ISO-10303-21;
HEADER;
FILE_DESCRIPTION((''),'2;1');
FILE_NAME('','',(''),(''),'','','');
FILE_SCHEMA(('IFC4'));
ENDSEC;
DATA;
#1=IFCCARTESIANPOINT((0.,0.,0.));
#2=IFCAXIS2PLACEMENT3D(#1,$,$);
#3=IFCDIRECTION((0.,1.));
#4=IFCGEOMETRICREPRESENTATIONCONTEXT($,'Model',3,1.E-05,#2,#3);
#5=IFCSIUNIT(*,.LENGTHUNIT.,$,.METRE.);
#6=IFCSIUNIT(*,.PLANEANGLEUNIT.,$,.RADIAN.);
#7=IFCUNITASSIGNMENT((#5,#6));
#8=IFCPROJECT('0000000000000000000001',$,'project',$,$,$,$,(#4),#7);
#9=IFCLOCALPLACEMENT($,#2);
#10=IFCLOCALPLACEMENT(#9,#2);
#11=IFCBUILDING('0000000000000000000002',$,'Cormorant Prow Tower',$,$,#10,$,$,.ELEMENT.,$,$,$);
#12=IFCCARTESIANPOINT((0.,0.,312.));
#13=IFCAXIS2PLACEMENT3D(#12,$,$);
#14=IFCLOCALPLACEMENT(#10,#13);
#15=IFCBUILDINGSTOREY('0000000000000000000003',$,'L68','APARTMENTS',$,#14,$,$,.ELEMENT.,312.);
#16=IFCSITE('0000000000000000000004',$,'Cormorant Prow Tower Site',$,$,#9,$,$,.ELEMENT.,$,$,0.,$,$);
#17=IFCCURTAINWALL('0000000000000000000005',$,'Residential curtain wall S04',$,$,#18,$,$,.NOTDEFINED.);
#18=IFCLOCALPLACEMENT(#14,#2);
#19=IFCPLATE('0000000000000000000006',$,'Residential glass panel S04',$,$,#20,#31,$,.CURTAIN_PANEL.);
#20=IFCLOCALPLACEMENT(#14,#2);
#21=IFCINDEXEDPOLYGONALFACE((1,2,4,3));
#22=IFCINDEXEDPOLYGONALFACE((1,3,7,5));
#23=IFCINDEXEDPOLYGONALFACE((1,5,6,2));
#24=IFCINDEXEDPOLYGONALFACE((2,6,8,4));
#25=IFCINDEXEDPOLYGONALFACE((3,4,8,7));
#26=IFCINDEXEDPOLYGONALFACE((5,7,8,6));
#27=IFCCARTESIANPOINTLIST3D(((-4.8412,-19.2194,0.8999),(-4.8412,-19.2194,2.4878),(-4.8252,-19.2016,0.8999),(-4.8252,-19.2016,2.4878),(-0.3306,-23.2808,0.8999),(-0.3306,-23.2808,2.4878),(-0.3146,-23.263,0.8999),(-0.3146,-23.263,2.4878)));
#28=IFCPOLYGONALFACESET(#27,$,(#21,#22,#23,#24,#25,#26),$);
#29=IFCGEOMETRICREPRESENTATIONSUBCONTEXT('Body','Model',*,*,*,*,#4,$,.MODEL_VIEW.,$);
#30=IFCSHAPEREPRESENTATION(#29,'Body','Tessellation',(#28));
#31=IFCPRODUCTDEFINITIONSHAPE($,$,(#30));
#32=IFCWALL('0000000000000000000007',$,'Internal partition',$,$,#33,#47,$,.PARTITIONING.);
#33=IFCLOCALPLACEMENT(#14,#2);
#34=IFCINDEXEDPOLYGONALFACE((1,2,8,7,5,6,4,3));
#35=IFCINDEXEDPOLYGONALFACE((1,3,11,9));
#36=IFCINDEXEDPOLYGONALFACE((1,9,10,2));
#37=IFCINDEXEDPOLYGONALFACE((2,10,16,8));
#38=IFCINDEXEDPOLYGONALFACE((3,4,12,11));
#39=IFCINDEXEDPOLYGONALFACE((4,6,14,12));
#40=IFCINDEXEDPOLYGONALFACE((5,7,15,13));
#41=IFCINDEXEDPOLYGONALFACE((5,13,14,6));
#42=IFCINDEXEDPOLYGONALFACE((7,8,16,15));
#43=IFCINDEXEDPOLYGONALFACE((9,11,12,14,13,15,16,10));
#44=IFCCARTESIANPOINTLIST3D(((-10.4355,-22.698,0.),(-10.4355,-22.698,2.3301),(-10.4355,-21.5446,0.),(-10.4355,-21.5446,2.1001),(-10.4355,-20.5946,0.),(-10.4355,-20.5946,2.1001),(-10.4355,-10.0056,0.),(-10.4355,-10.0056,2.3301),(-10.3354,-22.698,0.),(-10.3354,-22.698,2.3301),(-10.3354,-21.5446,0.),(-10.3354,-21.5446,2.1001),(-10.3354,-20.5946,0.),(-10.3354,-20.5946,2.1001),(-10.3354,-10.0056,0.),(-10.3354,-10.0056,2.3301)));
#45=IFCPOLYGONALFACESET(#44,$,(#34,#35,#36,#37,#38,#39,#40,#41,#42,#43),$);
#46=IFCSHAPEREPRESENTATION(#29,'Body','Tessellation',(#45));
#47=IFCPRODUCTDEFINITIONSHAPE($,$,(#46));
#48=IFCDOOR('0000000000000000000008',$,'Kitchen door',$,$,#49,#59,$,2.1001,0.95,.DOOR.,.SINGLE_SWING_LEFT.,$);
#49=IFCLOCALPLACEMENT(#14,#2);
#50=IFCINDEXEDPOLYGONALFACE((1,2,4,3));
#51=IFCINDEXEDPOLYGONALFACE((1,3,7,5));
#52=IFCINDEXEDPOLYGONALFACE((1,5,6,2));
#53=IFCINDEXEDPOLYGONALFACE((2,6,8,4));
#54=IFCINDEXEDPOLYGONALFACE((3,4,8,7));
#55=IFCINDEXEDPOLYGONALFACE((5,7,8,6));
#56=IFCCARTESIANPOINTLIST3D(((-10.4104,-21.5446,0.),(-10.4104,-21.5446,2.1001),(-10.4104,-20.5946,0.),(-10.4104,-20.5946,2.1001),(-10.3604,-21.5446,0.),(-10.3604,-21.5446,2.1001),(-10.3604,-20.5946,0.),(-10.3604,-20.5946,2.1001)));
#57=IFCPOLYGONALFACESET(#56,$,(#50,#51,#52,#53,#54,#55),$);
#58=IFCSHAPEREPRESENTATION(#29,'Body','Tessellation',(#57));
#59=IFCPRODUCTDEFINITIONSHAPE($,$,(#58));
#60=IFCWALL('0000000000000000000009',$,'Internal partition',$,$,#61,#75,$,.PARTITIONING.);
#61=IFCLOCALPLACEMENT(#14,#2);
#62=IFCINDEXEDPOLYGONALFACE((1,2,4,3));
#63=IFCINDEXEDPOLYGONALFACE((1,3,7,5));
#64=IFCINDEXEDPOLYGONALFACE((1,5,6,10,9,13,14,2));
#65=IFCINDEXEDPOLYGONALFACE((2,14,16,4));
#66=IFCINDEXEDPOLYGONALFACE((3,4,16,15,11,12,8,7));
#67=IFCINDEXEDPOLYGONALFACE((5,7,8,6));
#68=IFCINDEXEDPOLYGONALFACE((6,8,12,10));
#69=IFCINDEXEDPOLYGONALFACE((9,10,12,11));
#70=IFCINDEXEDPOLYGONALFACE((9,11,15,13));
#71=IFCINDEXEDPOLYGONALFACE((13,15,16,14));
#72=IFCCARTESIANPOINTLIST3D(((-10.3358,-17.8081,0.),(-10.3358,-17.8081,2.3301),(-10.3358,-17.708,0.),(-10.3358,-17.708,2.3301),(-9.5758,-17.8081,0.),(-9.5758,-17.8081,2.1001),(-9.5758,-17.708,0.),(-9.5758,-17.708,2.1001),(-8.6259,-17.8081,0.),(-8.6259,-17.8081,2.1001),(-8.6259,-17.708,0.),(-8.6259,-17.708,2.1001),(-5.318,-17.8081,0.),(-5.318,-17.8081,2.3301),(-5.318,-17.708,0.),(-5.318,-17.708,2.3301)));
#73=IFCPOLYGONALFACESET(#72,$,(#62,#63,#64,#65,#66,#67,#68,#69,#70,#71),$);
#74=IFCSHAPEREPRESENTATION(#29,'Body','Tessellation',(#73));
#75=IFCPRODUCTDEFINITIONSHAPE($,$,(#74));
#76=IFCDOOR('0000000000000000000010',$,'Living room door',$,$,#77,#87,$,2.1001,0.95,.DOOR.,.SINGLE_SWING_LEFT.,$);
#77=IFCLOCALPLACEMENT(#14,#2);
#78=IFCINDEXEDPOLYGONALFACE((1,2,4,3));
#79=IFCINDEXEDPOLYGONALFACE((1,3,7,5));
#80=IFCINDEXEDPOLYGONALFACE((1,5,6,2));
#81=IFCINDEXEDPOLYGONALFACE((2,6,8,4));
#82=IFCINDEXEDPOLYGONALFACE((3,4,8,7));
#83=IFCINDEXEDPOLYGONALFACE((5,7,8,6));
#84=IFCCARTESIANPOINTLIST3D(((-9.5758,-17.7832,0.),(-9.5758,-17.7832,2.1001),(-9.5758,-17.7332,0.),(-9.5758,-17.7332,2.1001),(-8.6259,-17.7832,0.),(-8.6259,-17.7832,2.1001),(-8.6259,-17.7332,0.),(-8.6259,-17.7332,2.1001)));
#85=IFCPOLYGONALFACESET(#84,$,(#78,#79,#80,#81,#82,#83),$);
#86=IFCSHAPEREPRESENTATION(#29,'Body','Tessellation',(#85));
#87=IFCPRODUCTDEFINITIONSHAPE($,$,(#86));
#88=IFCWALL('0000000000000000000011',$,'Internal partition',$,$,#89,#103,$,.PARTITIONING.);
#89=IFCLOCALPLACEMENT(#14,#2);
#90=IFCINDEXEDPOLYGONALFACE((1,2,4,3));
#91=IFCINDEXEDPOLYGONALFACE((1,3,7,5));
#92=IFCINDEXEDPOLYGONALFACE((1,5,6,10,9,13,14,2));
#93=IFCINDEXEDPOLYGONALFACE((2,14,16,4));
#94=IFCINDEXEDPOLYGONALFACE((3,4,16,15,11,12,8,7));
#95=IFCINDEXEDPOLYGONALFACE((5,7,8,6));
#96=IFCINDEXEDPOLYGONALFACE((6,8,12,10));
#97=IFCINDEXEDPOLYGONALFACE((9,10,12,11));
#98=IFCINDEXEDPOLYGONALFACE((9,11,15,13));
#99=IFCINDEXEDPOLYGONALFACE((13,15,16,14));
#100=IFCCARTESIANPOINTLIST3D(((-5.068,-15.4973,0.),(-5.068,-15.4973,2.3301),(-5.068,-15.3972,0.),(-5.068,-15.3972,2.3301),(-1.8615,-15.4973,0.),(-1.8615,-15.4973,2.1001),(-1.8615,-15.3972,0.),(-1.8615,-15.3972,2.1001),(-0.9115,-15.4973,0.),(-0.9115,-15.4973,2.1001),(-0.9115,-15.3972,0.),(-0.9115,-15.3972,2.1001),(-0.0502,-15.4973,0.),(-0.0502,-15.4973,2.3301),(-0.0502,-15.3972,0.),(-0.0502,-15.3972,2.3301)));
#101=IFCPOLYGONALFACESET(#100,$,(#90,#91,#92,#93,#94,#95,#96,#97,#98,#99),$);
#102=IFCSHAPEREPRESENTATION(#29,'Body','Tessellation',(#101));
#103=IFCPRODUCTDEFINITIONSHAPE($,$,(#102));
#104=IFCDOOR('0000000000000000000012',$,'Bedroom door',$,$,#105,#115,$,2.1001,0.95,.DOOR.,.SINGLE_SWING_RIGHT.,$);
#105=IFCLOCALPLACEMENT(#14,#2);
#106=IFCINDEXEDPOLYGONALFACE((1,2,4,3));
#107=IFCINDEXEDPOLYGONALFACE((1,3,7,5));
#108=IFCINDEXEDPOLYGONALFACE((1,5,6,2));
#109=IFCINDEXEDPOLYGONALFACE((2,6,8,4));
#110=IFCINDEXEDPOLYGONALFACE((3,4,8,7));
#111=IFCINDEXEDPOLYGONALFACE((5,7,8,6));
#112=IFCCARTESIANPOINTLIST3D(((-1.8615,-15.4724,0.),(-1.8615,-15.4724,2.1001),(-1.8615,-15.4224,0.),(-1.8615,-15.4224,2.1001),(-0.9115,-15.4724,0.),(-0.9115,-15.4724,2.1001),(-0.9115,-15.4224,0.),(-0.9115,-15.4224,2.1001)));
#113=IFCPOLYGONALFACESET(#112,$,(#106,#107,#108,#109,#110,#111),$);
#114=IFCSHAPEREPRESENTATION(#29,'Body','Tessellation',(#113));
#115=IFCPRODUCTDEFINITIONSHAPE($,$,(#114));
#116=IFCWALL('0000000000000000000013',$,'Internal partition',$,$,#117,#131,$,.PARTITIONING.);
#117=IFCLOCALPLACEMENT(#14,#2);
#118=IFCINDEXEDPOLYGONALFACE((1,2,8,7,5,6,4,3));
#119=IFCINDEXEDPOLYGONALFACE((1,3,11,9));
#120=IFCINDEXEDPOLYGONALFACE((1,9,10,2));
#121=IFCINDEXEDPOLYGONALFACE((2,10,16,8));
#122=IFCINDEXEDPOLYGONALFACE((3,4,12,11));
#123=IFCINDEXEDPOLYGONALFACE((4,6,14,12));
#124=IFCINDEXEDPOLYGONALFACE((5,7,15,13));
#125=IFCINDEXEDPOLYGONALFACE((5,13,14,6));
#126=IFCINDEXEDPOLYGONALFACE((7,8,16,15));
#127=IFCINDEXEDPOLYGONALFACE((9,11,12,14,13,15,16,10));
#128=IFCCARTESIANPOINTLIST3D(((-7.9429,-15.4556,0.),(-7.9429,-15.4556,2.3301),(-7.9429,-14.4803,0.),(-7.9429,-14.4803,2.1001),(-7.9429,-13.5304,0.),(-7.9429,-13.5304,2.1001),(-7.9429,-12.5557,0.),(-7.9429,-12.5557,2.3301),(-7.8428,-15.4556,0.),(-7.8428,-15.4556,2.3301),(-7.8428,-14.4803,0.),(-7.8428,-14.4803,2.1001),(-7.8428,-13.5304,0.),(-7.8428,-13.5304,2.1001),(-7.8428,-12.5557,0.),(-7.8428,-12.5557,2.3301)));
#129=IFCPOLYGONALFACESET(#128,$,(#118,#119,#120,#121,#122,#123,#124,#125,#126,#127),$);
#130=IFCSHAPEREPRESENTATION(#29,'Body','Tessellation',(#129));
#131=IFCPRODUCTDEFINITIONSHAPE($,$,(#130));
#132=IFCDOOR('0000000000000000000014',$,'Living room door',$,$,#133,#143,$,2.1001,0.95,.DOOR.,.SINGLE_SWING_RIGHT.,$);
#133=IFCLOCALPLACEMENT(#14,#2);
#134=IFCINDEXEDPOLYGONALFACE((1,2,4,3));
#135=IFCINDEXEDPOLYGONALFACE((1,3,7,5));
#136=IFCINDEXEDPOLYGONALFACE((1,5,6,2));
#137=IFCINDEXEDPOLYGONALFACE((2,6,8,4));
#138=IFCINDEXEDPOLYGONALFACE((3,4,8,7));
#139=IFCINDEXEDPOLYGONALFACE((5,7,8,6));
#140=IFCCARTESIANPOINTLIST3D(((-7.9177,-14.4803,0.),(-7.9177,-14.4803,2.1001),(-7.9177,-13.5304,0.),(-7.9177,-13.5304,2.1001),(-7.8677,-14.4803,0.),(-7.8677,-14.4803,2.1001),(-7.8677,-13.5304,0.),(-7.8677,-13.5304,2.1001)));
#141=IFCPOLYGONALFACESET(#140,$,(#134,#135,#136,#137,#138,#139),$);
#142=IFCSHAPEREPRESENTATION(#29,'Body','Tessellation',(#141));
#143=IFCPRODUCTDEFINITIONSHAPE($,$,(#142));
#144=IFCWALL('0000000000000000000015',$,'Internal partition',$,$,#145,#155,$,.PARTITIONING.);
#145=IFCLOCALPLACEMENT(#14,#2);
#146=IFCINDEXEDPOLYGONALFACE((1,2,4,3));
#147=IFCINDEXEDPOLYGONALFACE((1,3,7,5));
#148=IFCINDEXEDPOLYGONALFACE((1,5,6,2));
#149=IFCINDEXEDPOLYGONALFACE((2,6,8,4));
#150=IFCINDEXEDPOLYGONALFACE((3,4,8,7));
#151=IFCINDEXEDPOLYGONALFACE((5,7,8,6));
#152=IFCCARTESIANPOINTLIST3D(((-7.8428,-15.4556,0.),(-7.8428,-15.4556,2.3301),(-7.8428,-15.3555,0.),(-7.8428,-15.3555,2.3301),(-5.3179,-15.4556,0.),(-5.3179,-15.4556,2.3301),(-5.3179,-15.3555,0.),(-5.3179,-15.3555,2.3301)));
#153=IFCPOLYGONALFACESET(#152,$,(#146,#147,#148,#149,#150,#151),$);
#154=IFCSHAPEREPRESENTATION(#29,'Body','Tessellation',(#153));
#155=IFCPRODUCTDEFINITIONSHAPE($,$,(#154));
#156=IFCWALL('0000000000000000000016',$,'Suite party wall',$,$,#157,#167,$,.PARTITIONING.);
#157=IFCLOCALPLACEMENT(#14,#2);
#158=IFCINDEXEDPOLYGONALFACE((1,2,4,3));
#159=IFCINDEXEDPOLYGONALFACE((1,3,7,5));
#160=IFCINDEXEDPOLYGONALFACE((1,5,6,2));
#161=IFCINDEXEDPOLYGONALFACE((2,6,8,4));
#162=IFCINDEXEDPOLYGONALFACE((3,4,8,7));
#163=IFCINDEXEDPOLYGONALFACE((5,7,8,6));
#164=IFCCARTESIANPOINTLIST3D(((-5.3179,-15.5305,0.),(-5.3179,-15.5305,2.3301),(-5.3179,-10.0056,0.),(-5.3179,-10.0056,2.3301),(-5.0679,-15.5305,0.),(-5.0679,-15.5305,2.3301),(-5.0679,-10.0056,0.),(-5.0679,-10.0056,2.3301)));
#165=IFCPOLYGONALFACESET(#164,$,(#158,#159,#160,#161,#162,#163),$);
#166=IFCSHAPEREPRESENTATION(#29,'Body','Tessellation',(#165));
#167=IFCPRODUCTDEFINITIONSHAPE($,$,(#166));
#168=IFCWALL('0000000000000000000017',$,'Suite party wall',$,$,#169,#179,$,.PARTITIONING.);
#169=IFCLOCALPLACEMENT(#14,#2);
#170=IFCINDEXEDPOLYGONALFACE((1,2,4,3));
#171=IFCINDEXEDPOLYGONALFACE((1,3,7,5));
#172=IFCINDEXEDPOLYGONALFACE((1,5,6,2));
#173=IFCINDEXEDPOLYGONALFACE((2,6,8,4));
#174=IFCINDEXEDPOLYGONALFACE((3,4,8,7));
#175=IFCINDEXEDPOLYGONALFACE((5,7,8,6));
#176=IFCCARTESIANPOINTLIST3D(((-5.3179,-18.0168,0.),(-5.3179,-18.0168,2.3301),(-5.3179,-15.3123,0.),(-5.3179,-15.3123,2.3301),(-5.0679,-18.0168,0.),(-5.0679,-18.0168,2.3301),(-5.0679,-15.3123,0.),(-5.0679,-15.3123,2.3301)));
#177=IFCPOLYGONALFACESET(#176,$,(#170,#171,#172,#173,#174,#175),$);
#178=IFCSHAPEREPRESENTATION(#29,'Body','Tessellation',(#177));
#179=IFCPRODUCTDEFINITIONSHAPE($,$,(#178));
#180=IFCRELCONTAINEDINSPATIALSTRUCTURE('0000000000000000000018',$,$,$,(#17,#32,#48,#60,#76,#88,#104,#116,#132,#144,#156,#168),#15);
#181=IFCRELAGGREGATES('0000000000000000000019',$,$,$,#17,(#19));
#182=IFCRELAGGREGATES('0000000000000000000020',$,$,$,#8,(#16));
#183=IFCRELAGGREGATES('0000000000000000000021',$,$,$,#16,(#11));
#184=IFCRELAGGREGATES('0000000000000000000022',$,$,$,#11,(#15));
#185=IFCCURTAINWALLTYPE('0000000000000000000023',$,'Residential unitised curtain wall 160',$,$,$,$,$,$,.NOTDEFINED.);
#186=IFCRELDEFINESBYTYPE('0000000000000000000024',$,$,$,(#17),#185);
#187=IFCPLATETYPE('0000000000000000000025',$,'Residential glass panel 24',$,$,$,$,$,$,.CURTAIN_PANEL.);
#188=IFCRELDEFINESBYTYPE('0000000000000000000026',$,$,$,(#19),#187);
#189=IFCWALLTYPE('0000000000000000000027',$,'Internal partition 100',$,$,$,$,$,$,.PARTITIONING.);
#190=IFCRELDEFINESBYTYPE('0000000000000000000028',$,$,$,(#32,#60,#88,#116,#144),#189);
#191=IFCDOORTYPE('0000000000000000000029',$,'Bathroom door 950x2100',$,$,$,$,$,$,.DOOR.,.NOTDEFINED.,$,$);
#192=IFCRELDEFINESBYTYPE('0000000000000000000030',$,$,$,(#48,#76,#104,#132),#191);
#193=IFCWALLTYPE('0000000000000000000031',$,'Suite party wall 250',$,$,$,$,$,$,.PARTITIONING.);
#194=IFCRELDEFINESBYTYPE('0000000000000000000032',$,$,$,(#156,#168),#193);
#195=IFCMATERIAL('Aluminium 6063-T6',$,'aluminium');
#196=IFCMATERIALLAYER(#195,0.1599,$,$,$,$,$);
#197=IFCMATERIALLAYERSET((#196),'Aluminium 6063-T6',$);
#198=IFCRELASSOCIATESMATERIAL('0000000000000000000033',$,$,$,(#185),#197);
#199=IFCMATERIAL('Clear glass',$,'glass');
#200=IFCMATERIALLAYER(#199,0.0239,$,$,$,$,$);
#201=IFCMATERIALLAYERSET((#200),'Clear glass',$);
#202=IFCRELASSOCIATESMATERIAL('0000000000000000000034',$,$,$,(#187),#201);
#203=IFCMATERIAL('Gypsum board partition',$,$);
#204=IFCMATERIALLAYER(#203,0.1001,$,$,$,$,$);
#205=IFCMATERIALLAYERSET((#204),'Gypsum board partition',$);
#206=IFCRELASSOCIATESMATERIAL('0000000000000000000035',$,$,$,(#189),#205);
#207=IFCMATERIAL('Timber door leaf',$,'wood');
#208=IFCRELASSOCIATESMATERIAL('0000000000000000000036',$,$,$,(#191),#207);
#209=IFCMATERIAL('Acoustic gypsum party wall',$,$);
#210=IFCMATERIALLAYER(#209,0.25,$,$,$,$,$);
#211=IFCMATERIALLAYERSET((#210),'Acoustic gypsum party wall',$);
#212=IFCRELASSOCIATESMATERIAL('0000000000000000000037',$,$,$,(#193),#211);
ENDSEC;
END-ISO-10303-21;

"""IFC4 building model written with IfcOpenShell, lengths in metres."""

from ifc_helpers import new_model, si_unit, direction, frame, frame_2d, origin, origin_2d, place, context, subcontext, project, spatial, rectangle, extrude, material, layer, layer_set, type_object, element, fill, aggregate, save


model = new_model("IFC4")

# Units and contexts
model_context = context("Model", 3, precision=1e-05, world=origin(), true_north=direction((0.0, 1.0)))
body_context = subcontext(model_context, "Body", "Model", "MODEL_VIEW")
ifc_project = project(units=[si_unit("LENGTHUNIT", "METRE"), si_unit("PLANEANGLEUNIT", "RADIAN")], contexts=[model_context])

# Site, building, storey
site_placement = place(None, origin())
site = spatial("IfcSite", under=ifc_project, at=site_placement, Name="Cormorant Prow Tower Site", CompositionType="ELEMENT", RefElevation=0.0)
building_placement = place(site_placement, origin())
building = spatial("IfcBuilding", under=site, at=building_placement, Name="Cormorant Prow Tower", CompositionType="ELEMENT")
storey_placement = place(building_placement, frame((0.0, 0.0, 312.0)))
storey = spatial("IfcBuildingStorey", under=building, at=storey_placement, Name="L68", Description="APARTMENTS", CompositionType="ELEMENT", Elevation=312.0)

# Curtain wall
ifc_material_1 = material(Name="Aluminium 6063-T6", Category="aluminium")
ifc_layer_1 = layer(ifc_material_1, 0.1599)
ifc_layer_set_1 = layer_set([ifc_layer_1], Name="Aluminium 6063-T6")
curtain_wall_type = type_object("IfcCurtainWallType", Name="Residential unitised curtain wall 160", PredefinedType="NOTDEFINED", material=ifc_layer_set_1)
curtain_wall_1_placement = place(storey_placement, origin())
curtain_wall_1 = element("IfcCurtainWall", 1, at=curtain_wall_1_placement, inside=storey, type_object=curtain_wall_type, Name="Residential curtain wall S04", PredefinedType="NOTDEFINED")

# Plate
ifc_material_2 = material(Name="Clear glass", Category="glass")
ifc_layer_2 = layer(ifc_material_2, 0.0239)
ifc_layer_set_2 = layer_set([ifc_layer_2], Name="Clear glass")
plate_type = type_object("IfcPlateType", Name="Residential glass panel 24", PredefinedType="CURTAIN_PANEL", material=ifc_layer_set_2)
plate_1_placement = place(storey_placement, frame((-2.5779, -21.2412, 0.8999), z_axis=(0.0, 0.0, 1.0), x_axis=(0.743145, -0.669131, 0.0)))
plate_1 = element("IfcPlate", 2, at=plate_1_placement, type_object=plate_type, Name="Residential glass panel S04", PredefinedType="CURTAIN_PANEL", context=body_context, shape_type="SweptSolid", body=[
    extrude(rectangle(XDim=6.0696, YDim=0.0239, at=origin_2d()), origin(), (0.0, 0.0, 1.0), 1.5879),
])
aggregate(curtain_wall_1, [plate_1])

# Walls, openings, doors
ifc_material_3 = material(Name="Gypsum board partition")
ifc_layer_3 = layer(ifc_material_3, 0.1001)
ifc_layer_set_3 = layer_set([ifc_layer_3], Name="Gypsum board partition")
wall_type_1 = type_object("IfcWallType", Name="Internal partition 100", PredefinedType="PARTITIONING", material=ifc_layer_set_3)
wall_1_placement = place(storey_placement, frame((-10.3855, -22.698, 0.0), z_axis=(0.0, 0.0, 1.0), x_axis=(0.0, 1.0, 0.0)))
wall_1 = element("IfcWall", 3, at=wall_1_placement, inside=storey, type_object=wall_type_1, Name="Internal partition", PredefinedType="PARTITIONING", context=body_context, shape_type="SweptSolid", body=[
    extrude(rectangle(XDim=12.6924, YDim=0.1001, at=frame_2d((6.3462, 0.0))), origin(), (0.0, 0.0, 1.0), 2.3301),
])
opening_1_placement = place(wall_1_placement, frame((1.1533, 0.0, 0.0)))
opening_1 = element("IfcOpeningElement", 4, at=opening_1_placement, cuts=wall_1, PredefinedType="OPENING", context=body_context, shape_type="SweptSolid", body=[
    extrude(rectangle(XDim=0.95, YDim=2.1001, at=frame_2d((0.4751, 1.05))), frame((0.0, 0.0601, 0.0), z_axis=(0.0, -1.0, 0.0), x_axis=(1.0, 0.0, 0.0)), (0.0, 0.0, 1.0), 0.1201),
])
ifc_material_4 = material(Name="Timber door leaf", Category="wood")
door_type_1 = type_object("IfcDoorType", Name="Bathroom door 950x2100", OperationType="NOTDEFINED", PredefinedType="DOOR", material=ifc_material_4)
door_1_placement = place(opening_1_placement, origin())
door_1 = element("IfcDoor", 5, at=door_1_placement, inside=storey, type_object=door_type_1, Name="Kitchen door", OperationType="SINGLE_SWING_LEFT", OverallHeight=2.1001, OverallWidth=0.95, PredefinedType="DOOR", context=body_context, shape_type="SweptSolid", body=[
    extrude(rectangle(XDim=0.95, YDim=2.1001, at=frame_2d((0.4751, 1.05))), frame((0.0, 0.0249, 0.0), z_axis=(0.0, -1.0, 0.0), x_axis=(1.0, 0.0, 0.0)), (0.0, 0.0, 1.0), 0.05),
])
fill(opening_1, door_1)
wall_2_placement = place(storey_placement, frame((-10.3357, -17.7581, 0.0), z_axis=(0.0, 0.0, 1.0), x_axis=(1.0, 0.0, 0.0)))
wall_2 = element("IfcWall", 6, at=wall_2_placement, inside=storey, type_object=wall_type_1, Name="Internal partition", PredefinedType="PARTITIONING", context=body_context, shape_type="SweptSolid", body=[
    extrude(rectangle(XDim=5.0178, YDim=0.1001, at=frame_2d((2.5088, 0.0))), origin(), (0.0, 0.0, 1.0), 2.3301),
])
opening_2_placement = place(wall_2_placement, frame((0.7598, 0.0, 0.0)))
opening_2 = element("IfcOpeningElement", 7, at=opening_2_placement, cuts=wall_2, PredefinedType="OPENING", context=body_context, shape_type="SweptSolid", body=[
    extrude(rectangle(XDim=0.95, YDim=2.1001, at=frame_2d((0.4751, 1.05))), frame((0.0, 0.0601, 0.0), z_axis=(0.0, -1.0, 0.0), x_axis=(1.0, 0.0, 0.0)), (0.0, 0.0, 1.0), 0.1201),
])
door_2_placement = place(opening_2_placement, origin())
door_2 = element("IfcDoor", 8, at=door_2_placement, inside=storey, type_object=door_type_1, Name="Living room door", OperationType="SINGLE_SWING_LEFT", OverallHeight=2.1001, OverallWidth=0.95, PredefinedType="DOOR", context=body_context, shape_type="SweptSolid", body=[
    extrude(rectangle(XDim=0.95, YDim=2.1001, at=frame_2d((0.4751, 1.05))), frame((0.0, 0.0249, 0.0), z_axis=(0.0, -1.0, 0.0), x_axis=(1.0, 0.0, 0.0)), (0.0, 0.0, 1.0), 0.05),
])
fill(opening_2, door_2)
wall_3_placement = place(storey_placement, frame((-5.0679, -15.4473, 0.0), z_axis=(0.0, 0.0, 1.0), x_axis=(1.0, 0.0, 0.0)))
wall_3 = element("IfcWall", 9, at=wall_3_placement, inside=storey, type_object=wall_type_1, Name="Internal partition", PredefinedType="PARTITIONING", context=body_context, shape_type="SweptSolid", body=[
    extrude(rectangle(XDim=5.0178, YDim=0.1001, at=frame_2d((2.5088, 0.0))), origin(), (0.0, 0.0, 1.0), 2.3301),
])
opening_3_placement = place(wall_3_placement, frame((3.2063, 0.0, 0.0)))
opening_3 = element("IfcOpeningElement", 10, at=opening_3_placement, cuts=wall_3, PredefinedType="OPENING", context=body_context, shape_type="SweptSolid", body=[
    extrude(rectangle(XDim=0.95, YDim=2.1001, at=frame_2d((0.4751, 1.05))), frame((0.0, 0.0601, 0.0), z_axis=(0.0, -1.0, 0.0), x_axis=(1.0, 0.0, 0.0)), (0.0, 0.0, 1.0), 0.1201),
])
door_3_placement = place(opening_3_placement, origin())
door_3 = element("IfcDoor", 11, at=door_3_placement, inside=storey, type_object=door_type_1, Name="Bedroom door", OperationType="SINGLE_SWING_RIGHT", OverallHeight=2.1001, OverallWidth=0.95, PredefinedType="DOOR", context=body_context, shape_type="SweptSolid", body=[
    extrude(rectangle(XDim=0.95, YDim=2.1001, at=frame_2d((0.4751, 1.05))), frame((0.0, 0.0249, 0.0), z_axis=(0.0, -1.0, 0.0), x_axis=(1.0, 0.0, 0.0)), (0.0, 0.0, 1.0), 0.05),
])
fill(opening_3, door_3)
wall_4_placement = place(storey_placement, frame((-7.8928, -15.4556, 0.0), z_axis=(0.0, 0.0, 1.0), x_axis=(0.0, 1.0, 0.0)))
wall_4 = element("IfcWall", 12, at=wall_4_placement, inside=storey, type_object=wall_type_1, Name="Internal partition", PredefinedType="PARTITIONING", context=body_context, shape_type="SweptSolid", body=[
    extrude(rectangle(XDim=2.8999, YDim=0.1001, at=frame_2d((1.45, 0.0))), origin(), (0.0, 0.0, 1.0), 2.3301),
])
opening_4_placement = place(wall_4_placement, frame((0.9751, 0.0, 0.0)))
opening_4 = element("IfcOpeningElement", 13, at=opening_4_placement, cuts=wall_4, PredefinedType="OPENING", context=body_context, shape_type="SweptSolid", body=[
    extrude(rectangle(XDim=0.95, YDim=2.1001, at=frame_2d((0.4751, 1.05))), frame((0.0, 0.0601, 0.0), z_axis=(0.0, -1.0, 0.0), x_axis=(1.0, 0.0, 0.0)), (0.0, 0.0, 1.0), 0.1201),
])
door_4_placement = place(opening_4_placement, origin())
door_4 = element("IfcDoor", 14, at=door_4_placement, inside=storey, type_object=door_type_1, Name="Living room door", OperationType="SINGLE_SWING_RIGHT", OverallHeight=2.1001, OverallWidth=0.95, PredefinedType="DOOR", context=body_context, shape_type="SweptSolid", body=[
    extrude(rectangle(XDim=0.95, YDim=2.1001, at=frame_2d((0.4751, 1.05))), frame((0.0, 0.0249, 0.0), z_axis=(0.0, -1.0, 0.0), x_axis=(1.0, 0.0, 0.0)), (0.0, 0.0, 1.0), 0.05),
])
fill(opening_4, door_4)

# Walls
wall_5_placement = place(storey_placement, frame((-7.8428, -15.4055, 0.0), z_axis=(0.0, 0.0, 1.0), x_axis=(1.0, 0.0, 0.0)))
element("IfcWall", 15, at=wall_5_placement, inside=storey, type_object=wall_type_1, Name="Internal partition", PredefinedType="PARTITIONING", context=body_context, shape_type="SweptSolid", body=[
    extrude(rectangle(XDim=2.5249, YDim=0.1001, at=frame_2d((1.2625, 0.0))), origin(), (0.0, 0.0, 1.0), 2.3301),
])
ifc_material_5 = material(Name="Acoustic gypsum party wall")
ifc_layer_4 = layer(ifc_material_5, 0.25)
ifc_layer_set_4 = layer_set([ifc_layer_4], Name="Acoustic gypsum party wall")
wall_type_2 = type_object("IfcWallType", Name="Suite party wall 250", PredefinedType="PARTITIONING", material=ifc_layer_set_4)
wall_6_placement = place(storey_placement, frame((-5.1929, -15.5305, 0.0), z_axis=(0.0, 0.0, 1.0), x_axis=(0.0, 1.0, 0.0)))
element("IfcWall", 16, at=wall_6_placement, inside=storey, type_object=wall_type_2, Name="Suite party wall", PredefinedType="PARTITIONING", context=body_context, shape_type="SweptSolid", body=[
    extrude(rectangle(XDim=5.5249, YDim=0.25, at=frame_2d((2.7625, 0.0))), origin(), (0.0, 0.0, 1.0), 2.3301),
])
wall_7_placement = place(storey_placement, frame((-5.1929, -18.0168, 0.0), z_axis=(0.0, 0.0, 1.0), x_axis=(0.0, 1.0, 0.0)))
element("IfcWall", 17, at=wall_7_placement, inside=storey, type_object=wall_type_2, Name="Suite party wall", PredefinedType="PARTITIONING", context=body_context, shape_type="SweptSolid", body=[
    extrude(rectangle(XDim=2.7046, YDim=0.25, at=frame_2d((1.3523, 0.0))), origin(), (0.0, 0.0, 1.0), 2.3301),
])

save(model, "model.ifc")
